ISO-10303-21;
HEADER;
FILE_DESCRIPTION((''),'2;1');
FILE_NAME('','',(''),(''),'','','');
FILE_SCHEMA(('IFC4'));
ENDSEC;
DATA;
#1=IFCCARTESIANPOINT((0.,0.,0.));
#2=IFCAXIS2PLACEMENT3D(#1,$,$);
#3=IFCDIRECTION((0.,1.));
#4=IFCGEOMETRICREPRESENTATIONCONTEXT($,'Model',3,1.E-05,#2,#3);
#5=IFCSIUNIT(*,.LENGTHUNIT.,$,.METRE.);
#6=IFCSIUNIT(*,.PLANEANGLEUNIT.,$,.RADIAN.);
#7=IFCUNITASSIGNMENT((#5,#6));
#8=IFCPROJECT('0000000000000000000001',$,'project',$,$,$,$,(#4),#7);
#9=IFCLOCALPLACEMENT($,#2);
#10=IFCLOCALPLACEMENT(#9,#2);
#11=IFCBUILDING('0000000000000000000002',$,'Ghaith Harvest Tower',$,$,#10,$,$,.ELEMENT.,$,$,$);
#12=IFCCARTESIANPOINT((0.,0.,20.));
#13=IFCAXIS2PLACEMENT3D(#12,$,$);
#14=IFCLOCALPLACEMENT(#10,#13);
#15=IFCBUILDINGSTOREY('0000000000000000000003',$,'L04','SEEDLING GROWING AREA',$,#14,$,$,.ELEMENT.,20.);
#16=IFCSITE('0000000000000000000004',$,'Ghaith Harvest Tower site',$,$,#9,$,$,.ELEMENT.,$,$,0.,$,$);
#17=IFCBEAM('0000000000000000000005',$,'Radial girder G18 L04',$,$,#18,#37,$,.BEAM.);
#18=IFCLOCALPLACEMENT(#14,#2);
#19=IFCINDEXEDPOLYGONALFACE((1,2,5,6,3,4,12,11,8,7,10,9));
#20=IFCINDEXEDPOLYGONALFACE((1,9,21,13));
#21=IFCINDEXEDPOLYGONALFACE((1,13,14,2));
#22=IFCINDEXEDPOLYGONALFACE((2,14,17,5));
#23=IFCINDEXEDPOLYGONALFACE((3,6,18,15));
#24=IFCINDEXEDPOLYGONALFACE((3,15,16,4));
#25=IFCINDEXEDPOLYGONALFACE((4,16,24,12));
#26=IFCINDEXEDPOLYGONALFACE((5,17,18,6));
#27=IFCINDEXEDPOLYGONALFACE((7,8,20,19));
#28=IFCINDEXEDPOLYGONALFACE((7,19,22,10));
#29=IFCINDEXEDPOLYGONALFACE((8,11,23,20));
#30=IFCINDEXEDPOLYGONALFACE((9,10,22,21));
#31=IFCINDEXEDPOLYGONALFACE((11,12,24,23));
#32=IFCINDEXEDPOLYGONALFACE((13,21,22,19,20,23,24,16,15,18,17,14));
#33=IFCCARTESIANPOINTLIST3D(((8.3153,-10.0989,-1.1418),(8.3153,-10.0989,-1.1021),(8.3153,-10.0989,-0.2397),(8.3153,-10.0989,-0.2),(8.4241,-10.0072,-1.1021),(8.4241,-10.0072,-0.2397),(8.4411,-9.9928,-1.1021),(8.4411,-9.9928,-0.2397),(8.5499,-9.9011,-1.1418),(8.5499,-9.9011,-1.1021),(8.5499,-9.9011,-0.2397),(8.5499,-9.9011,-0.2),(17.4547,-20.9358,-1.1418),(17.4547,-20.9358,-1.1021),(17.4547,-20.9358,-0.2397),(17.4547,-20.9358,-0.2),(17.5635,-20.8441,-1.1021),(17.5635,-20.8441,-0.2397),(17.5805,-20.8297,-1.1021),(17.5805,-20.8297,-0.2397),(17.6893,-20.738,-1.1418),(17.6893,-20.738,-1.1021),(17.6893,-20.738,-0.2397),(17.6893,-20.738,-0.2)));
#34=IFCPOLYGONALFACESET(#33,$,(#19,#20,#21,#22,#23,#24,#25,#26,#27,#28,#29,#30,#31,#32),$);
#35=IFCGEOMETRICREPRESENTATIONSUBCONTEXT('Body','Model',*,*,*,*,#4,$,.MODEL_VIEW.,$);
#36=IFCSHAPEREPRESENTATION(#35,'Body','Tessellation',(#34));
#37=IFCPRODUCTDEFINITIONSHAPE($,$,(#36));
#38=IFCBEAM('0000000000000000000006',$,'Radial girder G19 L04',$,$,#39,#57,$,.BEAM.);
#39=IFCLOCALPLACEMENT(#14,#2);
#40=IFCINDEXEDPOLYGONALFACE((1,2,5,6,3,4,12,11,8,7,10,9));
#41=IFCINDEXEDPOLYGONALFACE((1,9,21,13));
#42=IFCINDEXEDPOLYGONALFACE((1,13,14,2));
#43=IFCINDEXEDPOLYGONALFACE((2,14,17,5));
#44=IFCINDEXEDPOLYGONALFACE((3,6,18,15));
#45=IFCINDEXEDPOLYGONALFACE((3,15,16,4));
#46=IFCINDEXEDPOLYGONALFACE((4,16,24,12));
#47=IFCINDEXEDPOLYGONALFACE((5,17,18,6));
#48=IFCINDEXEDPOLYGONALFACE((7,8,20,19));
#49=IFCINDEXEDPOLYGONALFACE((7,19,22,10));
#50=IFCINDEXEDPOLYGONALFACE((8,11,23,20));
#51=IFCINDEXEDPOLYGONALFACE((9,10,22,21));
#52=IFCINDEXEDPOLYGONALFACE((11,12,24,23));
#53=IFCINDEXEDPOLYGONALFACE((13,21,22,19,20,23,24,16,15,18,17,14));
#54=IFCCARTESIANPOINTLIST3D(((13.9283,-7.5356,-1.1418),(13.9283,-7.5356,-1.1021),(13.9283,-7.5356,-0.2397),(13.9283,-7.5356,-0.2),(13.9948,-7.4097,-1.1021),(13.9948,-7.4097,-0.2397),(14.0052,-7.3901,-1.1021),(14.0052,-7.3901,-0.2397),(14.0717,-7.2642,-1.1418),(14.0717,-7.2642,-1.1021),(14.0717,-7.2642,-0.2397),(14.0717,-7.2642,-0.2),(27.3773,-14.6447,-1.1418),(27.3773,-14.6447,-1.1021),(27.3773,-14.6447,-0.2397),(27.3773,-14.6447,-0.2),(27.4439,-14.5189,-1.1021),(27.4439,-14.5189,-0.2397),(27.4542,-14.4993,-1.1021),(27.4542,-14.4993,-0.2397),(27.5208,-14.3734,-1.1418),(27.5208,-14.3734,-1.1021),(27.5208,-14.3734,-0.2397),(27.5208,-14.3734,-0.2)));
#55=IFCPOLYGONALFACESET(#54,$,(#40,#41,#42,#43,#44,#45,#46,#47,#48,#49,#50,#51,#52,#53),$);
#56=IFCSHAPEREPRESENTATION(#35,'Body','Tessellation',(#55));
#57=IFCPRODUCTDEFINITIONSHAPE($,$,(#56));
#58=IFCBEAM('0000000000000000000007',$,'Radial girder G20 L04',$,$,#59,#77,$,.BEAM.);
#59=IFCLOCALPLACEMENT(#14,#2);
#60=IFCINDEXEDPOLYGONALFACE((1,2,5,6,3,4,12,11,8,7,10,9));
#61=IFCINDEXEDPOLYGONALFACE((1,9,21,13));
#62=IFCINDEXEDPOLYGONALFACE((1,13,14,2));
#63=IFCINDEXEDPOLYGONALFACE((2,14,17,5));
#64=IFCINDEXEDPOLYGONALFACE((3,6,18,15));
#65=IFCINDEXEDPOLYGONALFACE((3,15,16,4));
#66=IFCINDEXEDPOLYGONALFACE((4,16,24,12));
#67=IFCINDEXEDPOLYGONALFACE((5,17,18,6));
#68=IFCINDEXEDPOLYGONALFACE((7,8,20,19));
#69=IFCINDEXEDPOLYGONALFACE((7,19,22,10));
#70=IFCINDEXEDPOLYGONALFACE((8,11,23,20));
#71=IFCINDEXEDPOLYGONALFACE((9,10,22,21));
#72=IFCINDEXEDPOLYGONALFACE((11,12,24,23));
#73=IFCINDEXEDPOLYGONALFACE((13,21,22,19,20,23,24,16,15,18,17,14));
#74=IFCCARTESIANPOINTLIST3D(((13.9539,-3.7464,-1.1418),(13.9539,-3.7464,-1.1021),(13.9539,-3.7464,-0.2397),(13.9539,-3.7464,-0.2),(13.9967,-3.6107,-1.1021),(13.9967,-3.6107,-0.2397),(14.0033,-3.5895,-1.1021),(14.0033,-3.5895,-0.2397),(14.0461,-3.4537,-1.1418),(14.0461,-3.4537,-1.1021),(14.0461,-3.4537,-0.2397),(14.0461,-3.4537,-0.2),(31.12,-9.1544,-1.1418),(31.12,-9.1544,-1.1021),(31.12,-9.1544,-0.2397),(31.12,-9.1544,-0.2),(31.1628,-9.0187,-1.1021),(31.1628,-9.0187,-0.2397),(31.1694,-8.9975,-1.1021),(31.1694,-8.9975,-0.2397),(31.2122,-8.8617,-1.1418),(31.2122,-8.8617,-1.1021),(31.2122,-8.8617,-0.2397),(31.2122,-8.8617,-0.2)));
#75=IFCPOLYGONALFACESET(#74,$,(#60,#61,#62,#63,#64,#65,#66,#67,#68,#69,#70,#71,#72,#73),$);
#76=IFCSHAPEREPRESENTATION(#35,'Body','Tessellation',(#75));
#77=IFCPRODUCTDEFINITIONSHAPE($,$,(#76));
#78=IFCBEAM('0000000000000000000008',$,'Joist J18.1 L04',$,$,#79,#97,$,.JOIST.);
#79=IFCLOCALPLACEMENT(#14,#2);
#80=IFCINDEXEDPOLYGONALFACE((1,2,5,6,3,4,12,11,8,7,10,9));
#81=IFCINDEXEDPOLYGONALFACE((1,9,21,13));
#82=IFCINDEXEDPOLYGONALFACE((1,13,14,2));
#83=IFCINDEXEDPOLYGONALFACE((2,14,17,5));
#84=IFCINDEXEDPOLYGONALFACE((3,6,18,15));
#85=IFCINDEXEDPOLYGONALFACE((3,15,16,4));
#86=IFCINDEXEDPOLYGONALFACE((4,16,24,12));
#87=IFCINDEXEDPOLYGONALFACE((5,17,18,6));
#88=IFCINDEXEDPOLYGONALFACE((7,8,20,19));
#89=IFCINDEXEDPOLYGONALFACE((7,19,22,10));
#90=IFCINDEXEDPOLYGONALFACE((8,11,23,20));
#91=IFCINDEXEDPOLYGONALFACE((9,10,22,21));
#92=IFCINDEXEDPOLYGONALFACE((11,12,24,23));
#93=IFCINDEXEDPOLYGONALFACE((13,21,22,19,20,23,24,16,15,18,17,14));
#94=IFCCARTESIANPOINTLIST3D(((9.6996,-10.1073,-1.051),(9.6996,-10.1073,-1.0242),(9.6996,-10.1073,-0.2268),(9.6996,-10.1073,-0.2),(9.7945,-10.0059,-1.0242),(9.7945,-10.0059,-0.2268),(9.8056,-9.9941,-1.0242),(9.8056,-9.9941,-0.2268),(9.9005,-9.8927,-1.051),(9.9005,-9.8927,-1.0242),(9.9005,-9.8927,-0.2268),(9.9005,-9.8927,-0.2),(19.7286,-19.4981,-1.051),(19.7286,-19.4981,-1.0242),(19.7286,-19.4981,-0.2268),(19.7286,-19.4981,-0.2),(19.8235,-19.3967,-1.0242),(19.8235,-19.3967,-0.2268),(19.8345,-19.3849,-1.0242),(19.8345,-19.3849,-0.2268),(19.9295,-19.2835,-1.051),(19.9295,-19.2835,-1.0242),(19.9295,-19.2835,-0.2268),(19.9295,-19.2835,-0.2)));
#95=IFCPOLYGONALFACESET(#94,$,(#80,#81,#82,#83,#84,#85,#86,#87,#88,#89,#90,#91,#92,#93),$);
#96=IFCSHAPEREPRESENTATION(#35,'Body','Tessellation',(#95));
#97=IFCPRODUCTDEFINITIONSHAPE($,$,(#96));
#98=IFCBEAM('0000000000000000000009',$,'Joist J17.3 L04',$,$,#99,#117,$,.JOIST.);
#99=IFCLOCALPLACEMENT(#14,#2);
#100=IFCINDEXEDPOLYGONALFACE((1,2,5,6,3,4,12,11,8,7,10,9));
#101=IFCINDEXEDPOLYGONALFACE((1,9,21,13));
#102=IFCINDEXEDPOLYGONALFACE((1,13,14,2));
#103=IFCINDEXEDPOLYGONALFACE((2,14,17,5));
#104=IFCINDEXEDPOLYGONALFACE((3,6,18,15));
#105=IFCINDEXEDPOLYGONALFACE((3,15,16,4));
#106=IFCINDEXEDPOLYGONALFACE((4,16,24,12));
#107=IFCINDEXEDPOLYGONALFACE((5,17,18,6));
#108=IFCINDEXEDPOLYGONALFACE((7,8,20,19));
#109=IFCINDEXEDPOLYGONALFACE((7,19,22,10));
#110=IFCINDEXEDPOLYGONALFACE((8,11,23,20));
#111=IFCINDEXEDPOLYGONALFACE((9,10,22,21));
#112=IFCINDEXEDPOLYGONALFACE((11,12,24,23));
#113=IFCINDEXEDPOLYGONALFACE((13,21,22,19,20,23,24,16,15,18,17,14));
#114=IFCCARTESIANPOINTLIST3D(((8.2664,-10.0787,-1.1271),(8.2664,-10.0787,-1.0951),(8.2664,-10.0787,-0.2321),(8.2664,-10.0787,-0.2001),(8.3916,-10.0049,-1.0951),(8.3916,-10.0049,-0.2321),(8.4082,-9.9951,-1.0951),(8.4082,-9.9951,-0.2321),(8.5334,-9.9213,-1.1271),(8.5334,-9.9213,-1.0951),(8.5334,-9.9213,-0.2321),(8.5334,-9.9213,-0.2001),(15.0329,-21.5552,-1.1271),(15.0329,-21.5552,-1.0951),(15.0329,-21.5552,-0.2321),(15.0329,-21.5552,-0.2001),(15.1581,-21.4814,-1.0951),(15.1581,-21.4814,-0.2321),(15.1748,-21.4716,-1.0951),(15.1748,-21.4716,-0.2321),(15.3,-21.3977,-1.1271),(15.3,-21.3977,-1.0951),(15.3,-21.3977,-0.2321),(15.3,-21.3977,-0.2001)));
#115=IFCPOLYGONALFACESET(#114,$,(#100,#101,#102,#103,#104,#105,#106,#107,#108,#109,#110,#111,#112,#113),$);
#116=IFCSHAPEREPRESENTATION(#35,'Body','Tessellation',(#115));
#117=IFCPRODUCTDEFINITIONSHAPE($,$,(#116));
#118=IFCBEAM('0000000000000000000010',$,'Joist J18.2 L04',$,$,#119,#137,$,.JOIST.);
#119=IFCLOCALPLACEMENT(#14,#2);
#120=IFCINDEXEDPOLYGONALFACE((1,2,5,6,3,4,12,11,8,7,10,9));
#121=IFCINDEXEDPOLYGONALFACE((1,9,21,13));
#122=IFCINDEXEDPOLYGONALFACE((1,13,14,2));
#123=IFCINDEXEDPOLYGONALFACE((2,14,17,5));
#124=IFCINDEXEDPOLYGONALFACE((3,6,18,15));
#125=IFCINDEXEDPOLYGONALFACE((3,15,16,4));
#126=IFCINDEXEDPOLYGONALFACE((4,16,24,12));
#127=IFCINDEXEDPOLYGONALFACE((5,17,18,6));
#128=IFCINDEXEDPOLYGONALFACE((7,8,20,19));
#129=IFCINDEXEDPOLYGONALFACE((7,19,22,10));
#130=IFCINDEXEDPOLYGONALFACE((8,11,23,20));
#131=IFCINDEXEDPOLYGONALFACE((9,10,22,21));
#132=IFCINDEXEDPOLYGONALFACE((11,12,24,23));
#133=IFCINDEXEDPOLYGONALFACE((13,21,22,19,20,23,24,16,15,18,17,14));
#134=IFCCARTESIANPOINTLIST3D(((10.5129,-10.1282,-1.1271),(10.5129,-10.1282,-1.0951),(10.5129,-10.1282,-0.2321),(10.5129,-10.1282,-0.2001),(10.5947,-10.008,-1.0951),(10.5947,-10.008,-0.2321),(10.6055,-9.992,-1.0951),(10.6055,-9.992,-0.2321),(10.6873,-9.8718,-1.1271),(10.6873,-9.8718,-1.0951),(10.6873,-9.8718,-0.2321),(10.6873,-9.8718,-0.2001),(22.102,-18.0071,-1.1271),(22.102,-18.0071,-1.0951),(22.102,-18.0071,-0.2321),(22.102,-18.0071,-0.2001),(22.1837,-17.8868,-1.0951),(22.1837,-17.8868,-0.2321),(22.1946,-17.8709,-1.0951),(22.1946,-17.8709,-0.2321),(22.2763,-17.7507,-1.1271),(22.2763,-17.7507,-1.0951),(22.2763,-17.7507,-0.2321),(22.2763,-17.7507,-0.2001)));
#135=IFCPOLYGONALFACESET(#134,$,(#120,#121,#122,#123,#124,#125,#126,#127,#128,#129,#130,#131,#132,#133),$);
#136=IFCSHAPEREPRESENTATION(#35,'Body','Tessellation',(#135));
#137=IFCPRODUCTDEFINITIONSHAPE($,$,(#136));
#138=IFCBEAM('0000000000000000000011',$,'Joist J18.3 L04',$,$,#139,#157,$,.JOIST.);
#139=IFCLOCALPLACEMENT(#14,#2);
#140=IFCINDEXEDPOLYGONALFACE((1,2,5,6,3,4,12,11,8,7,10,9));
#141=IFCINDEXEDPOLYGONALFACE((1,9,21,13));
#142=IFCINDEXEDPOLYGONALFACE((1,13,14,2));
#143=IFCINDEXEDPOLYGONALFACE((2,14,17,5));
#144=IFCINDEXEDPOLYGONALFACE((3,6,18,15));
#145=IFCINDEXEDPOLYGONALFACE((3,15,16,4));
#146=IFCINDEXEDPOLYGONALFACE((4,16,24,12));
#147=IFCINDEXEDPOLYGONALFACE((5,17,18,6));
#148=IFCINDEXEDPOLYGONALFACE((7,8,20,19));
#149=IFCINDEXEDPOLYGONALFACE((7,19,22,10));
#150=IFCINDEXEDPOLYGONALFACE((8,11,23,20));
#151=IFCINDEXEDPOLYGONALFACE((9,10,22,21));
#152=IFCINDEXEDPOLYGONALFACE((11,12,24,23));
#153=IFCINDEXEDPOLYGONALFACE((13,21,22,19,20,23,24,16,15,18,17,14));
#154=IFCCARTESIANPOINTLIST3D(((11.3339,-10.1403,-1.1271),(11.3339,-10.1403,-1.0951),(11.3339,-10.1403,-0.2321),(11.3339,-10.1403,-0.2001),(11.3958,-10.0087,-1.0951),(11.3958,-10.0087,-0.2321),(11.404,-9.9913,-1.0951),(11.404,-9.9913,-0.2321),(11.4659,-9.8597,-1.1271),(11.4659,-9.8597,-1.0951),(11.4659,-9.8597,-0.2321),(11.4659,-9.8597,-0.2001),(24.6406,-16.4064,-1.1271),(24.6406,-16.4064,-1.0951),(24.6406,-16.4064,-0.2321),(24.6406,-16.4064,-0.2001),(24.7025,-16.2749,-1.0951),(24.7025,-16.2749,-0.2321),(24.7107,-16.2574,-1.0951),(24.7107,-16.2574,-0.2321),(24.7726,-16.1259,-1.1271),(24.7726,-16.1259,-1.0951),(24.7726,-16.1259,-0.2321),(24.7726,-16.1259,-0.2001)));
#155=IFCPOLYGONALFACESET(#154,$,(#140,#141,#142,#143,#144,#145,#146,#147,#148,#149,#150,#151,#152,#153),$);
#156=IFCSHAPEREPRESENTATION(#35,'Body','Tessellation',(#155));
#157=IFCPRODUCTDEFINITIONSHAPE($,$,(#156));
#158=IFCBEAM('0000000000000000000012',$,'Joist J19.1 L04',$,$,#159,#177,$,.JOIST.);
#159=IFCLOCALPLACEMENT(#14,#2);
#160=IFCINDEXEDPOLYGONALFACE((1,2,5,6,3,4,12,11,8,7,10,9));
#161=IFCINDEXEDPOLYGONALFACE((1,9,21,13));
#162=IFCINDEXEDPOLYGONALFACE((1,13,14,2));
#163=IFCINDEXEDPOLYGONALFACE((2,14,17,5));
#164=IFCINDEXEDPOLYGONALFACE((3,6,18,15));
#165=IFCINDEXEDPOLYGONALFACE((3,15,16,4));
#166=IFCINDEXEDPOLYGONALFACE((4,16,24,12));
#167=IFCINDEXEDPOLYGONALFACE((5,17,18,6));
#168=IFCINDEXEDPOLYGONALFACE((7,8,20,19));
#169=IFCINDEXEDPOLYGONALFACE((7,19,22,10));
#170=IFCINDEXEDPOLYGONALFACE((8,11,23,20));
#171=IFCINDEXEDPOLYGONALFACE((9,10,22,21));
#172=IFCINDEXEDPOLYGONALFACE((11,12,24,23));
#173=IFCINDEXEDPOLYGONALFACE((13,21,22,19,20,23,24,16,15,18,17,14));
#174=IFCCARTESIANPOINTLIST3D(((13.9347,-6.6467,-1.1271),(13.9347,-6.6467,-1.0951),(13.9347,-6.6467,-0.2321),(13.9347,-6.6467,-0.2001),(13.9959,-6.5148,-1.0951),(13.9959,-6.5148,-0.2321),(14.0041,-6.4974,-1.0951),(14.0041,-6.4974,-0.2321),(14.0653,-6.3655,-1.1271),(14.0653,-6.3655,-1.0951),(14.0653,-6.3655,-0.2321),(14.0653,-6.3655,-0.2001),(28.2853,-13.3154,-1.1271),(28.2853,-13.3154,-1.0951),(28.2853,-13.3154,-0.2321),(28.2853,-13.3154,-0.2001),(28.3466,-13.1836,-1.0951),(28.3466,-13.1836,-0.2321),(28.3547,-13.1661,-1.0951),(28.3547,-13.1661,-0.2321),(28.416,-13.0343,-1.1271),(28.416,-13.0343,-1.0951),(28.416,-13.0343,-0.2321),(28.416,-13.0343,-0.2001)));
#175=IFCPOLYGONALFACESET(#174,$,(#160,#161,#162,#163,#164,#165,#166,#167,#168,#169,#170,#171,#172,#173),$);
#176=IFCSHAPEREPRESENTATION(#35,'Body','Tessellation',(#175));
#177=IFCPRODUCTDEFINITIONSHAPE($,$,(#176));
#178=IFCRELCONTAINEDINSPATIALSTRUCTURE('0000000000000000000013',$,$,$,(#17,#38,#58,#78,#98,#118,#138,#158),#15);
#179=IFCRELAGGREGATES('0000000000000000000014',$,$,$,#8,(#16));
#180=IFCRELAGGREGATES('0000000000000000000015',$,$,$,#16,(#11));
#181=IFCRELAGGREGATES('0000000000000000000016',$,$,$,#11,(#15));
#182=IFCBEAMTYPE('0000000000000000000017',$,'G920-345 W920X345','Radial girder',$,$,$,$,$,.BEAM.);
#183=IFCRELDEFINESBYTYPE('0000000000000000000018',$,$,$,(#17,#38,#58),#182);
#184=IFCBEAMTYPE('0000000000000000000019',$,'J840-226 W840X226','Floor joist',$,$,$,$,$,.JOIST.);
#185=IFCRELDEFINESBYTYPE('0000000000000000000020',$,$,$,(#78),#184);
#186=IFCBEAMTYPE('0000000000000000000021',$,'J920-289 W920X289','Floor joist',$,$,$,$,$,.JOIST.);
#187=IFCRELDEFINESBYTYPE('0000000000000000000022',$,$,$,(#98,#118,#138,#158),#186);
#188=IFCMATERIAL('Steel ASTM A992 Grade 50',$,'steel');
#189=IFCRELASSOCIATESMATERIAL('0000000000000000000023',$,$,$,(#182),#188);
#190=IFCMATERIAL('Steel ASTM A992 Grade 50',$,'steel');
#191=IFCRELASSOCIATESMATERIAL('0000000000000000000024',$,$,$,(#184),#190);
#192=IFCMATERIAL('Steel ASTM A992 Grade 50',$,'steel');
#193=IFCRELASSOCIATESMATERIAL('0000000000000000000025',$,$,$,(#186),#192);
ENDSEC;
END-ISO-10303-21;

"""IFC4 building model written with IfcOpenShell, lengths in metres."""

from ifc_helpers import new_model, si_unit, direction, frame, origin, origin_2d, place, context, subcontext, project, spatial, i_section, extrude, material, material_profile, profile_set, type_object, element, save


model = new_model("IFC4")

# Units and contexts
model_context = context("Model", 3, precision=1e-05, world=origin(), true_north=direction((0.0, 1.0)))
body_context = subcontext(model_context, "Body", "Model", "MODEL_VIEW")
ifc_project = project(units=[si_unit("LENGTHUNIT", "METRE"), si_unit("PLANEANGLEUNIT", "RADIAN")], contexts=[model_context])

# Site, building, storey
site_placement = place(None, origin())
site = spatial("IfcSite", under=ifc_project, at=site_placement, Name="Ghaith Harvest Tower site", CompositionType="ELEMENT", RefElevation=0.0)
building_placement = place(site_placement, origin())
building = spatial("IfcBuilding", under=site, at=building_placement, Name="Ghaith Harvest Tower", CompositionType="ELEMENT")
storey_placement = place(building_placement, frame((0.0, 0.0, 20.0)))
storey = spatial("IfcBuildingStorey", under=building, at=storey_placement, Name="L04", Description="SEEDLING GROWING AREA", CompositionType="ELEMENT", Elevation=20.0)

# Beams
ifc_material_1 = material(Name="Steel ASTM A992 Grade 50", Category="steel")
ifc_material_profile_1 = material_profile(ifc_material_1, i_section(OverallWidth=0.3069, OverallDepth=0.9419, WebThickness=0.0222, FlangeThickness=0.0398, at=origin_2d()), Name="W920X345")
ifc_profile_set_1 = profile_set([ifc_material_profile_1], Name="Steel ASTM A992 Grade 50")
beam_type_1 = type_object("IfcBeamType", Name="G920-345 W920X345", Description="Radial girder", PredefinedType="BEAM", material=ifc_profile_set_1)
beam_1_placement = place(storey_placement, frame((8.4326, -10.0, -0.6709), z_axis=(0.644696, -0.764439, 0.0), x_axis=(0.764439, 0.644696, 0.0)))
element("IfcBeam", 1, at=beam_1_placement, inside=storey, type_object=beam_type_1, Name="Radial girder G18 L04", PredefinedType="BEAM", context=body_context, shape_type="SweptSolid", body=[
    extrude(i_section(OverallWidth=0.3069, OverallDepth=0.9419, WebThickness=0.0222, FlangeThickness=0.0398, at=origin_2d()), origin(), (0.0, 0.0, 1.0), 14.1763),
])
beam_2_placement = place(storey_placement, frame((14.0, -7.3999, -0.6709), z_axis=(0.884084, -0.467327, 0.0), x_axis=(0.467327, 0.884084, 0.0)))
element("IfcBeam", 2, at=beam_2_placement, inside=storey, type_object=beam_type_1, Name="Radial girder G19 L04", PredefinedType="BEAM", context=body_context, shape_type="SweptSolid", body=[
    extrude(i_section(OverallWidth=0.3069, OverallDepth=0.9419, WebThickness=0.0222, FlangeThickness=0.0398, at=origin_2d()), origin(), (0.0, 0.0, 1.0), 15.2124),
])
beam_3_placement = place(storey_placement, frame((14.0, -3.6001, -0.6709), z_axis=(0.953788, -0.30048, 0.0), x_axis=(0.30048, 0.953788, 0.0)))
element("IfcBeam", 3, at=beam_3_placement, inside=storey, type_object=beam_type_1, Name="Radial girder G20 L04", PredefinedType="BEAM", context=body_context, shape_type="SweptSolid", body=[
    extrude(i_section(OverallWidth=0.3069, OverallDepth=0.9419, WebThickness=0.0222, FlangeThickness=0.0398, at=origin_2d()), origin(), (0.0, 0.0, 1.0), 17.9978),
])
ifc_material_2 = material(Name="Steel ASTM A992 Grade 50", Category="steel")
ifc_material_profile_2 = material_profile(ifc_material_2, i_section(OverallWidth=0.2939, OverallDepth=0.8511, WebThickness=0.0161, FlangeThickness=0.0269, at=origin_2d()), Name="W840X226")
ifc_profile_set_2 = profile_set([ifc_material_profile_2], Name="Steel ASTM A992 Grade 50")
beam_type_2 = type_object("IfcBeamType", Name="J840-226 W840X226", Description="Floor joist", PredefinedType="JOIST", material=ifc_profile_set_2)
beam_4_placement = place(storey_placement, frame((9.8, -10.0, -0.6255), z_axis=(0.72995, -0.683501, 0.0), x_axis=(0.683501, 0.72995, 0.0)))
element("IfcBeam", 4, at=beam_4_placement, inside=storey, type_object=beam_type_2, Name="Joist J18.1 L04", PredefinedType="JOIST", context=body_context, shape_type="SweptSolid", body=[
    extrude(i_section(OverallWidth=0.2939, OverallDepth=0.8511, WebThickness=0.0161, FlangeThickness=0.0269, at=origin_2d()), origin(), (0.0, 0.0, 1.0), 13.7393),
])
ifc_material_3 = material(Name="Steel ASTM A992 Grade 50", Category="steel")
ifc_material_profile_3 = material_profile(ifc_material_3, i_section(OverallWidth=0.3101, OverallDepth=0.927, WebThickness=0.0193, FlangeThickness=0.032, at=origin_2d()), Name="W920X289")
ifc_profile_set_3 = profile_set([ifc_material_profile_3], Name="Steel ASTM A992 Grade 50")
beam_type_3 = type_object("IfcBeamType", Name="J920-289 W920X289", Description="Floor joist", PredefinedType="JOIST", material=ifc_profile_set_3)
beam_5_placement = place(storey_placement, frame((8.3999, -10.0, -0.6636), z_axis=(0.507894, -0.861419, 0.0), x_axis=(0.861419, 0.507894, 0.0)))
element("IfcBeam", 5, at=beam_5_placement, inside=storey, type_object=beam_type_3, Name="Joist J17.3 L04", PredefinedType="JOIST", context=body_context, shape_type="SweptSolid", body=[
    extrude(i_section(OverallWidth=0.3101, OverallDepth=0.927, WebThickness=0.0193, FlangeThickness=0.032, at=origin_2d()), origin(), (0.0, 0.0, 1.0), 13.3228),
])
beam_6_placement = place(storey_placement, frame((10.6001, -10.0, -0.6636), z_axis=(0.826983, -0.562228, 0.0), x_axis=(0.562228, 0.826983, 0.0)))
element("IfcBeam", 6, at=beam_6_placement, inside=storey, type_object=beam_type_3, Name="Joist J18.2 L04", PredefinedType="JOIST", context=body_context, shape_type="SweptSolid", body=[
    extrude(i_section(OverallWidth=0.3101, OverallDepth=0.927, WebThickness=0.0193, FlangeThickness=0.032, at=origin_2d()), origin(), (0.0, 0.0, 1.0), 14.0137),
])
beam_7_placement = place(storey_placement, frame((11.3999, -10.0, -0.6636), z_axis=(0.90471, -0.426029, 0.0), x_axis=(0.426029, 0.90471, 0.0)))
element("IfcBeam", 7, at=beam_7_placement, inside=storey, type_object=beam_type_3, Name="Joist J18.3 L04", PredefinedType="JOIST", context=body_context, shape_type="SweptSolid", body=[
    extrude(i_section(OverallWidth=0.3101, OverallDepth=0.927, WebThickness=0.0193, FlangeThickness=0.032, at=origin_2d()), origin(), (0.0, 0.0, 1.0), 14.7083),
])
beam_8_placement = place(storey_placement, frame((14.0, -6.5061, -0.6636), z_axis=(0.906866, -0.42142, 0.0), x_axis=(0.42142, 0.906866, 0.0)))
element("IfcBeam", 8, at=beam_8_placement, inside=storey, type_object=beam_type_3, Name="Joist J19.1 L04", PredefinedType="JOIST", context=body_context, shape_type="SweptSolid", body=[
    extrude(i_section(OverallWidth=0.3101, OverallDepth=0.927, WebThickness=0.0193, FlangeThickness=0.032, at=origin_2d()), origin(), (0.0, 0.0, 1.0), 15.8245),
])

save(model, "model.ifc")
